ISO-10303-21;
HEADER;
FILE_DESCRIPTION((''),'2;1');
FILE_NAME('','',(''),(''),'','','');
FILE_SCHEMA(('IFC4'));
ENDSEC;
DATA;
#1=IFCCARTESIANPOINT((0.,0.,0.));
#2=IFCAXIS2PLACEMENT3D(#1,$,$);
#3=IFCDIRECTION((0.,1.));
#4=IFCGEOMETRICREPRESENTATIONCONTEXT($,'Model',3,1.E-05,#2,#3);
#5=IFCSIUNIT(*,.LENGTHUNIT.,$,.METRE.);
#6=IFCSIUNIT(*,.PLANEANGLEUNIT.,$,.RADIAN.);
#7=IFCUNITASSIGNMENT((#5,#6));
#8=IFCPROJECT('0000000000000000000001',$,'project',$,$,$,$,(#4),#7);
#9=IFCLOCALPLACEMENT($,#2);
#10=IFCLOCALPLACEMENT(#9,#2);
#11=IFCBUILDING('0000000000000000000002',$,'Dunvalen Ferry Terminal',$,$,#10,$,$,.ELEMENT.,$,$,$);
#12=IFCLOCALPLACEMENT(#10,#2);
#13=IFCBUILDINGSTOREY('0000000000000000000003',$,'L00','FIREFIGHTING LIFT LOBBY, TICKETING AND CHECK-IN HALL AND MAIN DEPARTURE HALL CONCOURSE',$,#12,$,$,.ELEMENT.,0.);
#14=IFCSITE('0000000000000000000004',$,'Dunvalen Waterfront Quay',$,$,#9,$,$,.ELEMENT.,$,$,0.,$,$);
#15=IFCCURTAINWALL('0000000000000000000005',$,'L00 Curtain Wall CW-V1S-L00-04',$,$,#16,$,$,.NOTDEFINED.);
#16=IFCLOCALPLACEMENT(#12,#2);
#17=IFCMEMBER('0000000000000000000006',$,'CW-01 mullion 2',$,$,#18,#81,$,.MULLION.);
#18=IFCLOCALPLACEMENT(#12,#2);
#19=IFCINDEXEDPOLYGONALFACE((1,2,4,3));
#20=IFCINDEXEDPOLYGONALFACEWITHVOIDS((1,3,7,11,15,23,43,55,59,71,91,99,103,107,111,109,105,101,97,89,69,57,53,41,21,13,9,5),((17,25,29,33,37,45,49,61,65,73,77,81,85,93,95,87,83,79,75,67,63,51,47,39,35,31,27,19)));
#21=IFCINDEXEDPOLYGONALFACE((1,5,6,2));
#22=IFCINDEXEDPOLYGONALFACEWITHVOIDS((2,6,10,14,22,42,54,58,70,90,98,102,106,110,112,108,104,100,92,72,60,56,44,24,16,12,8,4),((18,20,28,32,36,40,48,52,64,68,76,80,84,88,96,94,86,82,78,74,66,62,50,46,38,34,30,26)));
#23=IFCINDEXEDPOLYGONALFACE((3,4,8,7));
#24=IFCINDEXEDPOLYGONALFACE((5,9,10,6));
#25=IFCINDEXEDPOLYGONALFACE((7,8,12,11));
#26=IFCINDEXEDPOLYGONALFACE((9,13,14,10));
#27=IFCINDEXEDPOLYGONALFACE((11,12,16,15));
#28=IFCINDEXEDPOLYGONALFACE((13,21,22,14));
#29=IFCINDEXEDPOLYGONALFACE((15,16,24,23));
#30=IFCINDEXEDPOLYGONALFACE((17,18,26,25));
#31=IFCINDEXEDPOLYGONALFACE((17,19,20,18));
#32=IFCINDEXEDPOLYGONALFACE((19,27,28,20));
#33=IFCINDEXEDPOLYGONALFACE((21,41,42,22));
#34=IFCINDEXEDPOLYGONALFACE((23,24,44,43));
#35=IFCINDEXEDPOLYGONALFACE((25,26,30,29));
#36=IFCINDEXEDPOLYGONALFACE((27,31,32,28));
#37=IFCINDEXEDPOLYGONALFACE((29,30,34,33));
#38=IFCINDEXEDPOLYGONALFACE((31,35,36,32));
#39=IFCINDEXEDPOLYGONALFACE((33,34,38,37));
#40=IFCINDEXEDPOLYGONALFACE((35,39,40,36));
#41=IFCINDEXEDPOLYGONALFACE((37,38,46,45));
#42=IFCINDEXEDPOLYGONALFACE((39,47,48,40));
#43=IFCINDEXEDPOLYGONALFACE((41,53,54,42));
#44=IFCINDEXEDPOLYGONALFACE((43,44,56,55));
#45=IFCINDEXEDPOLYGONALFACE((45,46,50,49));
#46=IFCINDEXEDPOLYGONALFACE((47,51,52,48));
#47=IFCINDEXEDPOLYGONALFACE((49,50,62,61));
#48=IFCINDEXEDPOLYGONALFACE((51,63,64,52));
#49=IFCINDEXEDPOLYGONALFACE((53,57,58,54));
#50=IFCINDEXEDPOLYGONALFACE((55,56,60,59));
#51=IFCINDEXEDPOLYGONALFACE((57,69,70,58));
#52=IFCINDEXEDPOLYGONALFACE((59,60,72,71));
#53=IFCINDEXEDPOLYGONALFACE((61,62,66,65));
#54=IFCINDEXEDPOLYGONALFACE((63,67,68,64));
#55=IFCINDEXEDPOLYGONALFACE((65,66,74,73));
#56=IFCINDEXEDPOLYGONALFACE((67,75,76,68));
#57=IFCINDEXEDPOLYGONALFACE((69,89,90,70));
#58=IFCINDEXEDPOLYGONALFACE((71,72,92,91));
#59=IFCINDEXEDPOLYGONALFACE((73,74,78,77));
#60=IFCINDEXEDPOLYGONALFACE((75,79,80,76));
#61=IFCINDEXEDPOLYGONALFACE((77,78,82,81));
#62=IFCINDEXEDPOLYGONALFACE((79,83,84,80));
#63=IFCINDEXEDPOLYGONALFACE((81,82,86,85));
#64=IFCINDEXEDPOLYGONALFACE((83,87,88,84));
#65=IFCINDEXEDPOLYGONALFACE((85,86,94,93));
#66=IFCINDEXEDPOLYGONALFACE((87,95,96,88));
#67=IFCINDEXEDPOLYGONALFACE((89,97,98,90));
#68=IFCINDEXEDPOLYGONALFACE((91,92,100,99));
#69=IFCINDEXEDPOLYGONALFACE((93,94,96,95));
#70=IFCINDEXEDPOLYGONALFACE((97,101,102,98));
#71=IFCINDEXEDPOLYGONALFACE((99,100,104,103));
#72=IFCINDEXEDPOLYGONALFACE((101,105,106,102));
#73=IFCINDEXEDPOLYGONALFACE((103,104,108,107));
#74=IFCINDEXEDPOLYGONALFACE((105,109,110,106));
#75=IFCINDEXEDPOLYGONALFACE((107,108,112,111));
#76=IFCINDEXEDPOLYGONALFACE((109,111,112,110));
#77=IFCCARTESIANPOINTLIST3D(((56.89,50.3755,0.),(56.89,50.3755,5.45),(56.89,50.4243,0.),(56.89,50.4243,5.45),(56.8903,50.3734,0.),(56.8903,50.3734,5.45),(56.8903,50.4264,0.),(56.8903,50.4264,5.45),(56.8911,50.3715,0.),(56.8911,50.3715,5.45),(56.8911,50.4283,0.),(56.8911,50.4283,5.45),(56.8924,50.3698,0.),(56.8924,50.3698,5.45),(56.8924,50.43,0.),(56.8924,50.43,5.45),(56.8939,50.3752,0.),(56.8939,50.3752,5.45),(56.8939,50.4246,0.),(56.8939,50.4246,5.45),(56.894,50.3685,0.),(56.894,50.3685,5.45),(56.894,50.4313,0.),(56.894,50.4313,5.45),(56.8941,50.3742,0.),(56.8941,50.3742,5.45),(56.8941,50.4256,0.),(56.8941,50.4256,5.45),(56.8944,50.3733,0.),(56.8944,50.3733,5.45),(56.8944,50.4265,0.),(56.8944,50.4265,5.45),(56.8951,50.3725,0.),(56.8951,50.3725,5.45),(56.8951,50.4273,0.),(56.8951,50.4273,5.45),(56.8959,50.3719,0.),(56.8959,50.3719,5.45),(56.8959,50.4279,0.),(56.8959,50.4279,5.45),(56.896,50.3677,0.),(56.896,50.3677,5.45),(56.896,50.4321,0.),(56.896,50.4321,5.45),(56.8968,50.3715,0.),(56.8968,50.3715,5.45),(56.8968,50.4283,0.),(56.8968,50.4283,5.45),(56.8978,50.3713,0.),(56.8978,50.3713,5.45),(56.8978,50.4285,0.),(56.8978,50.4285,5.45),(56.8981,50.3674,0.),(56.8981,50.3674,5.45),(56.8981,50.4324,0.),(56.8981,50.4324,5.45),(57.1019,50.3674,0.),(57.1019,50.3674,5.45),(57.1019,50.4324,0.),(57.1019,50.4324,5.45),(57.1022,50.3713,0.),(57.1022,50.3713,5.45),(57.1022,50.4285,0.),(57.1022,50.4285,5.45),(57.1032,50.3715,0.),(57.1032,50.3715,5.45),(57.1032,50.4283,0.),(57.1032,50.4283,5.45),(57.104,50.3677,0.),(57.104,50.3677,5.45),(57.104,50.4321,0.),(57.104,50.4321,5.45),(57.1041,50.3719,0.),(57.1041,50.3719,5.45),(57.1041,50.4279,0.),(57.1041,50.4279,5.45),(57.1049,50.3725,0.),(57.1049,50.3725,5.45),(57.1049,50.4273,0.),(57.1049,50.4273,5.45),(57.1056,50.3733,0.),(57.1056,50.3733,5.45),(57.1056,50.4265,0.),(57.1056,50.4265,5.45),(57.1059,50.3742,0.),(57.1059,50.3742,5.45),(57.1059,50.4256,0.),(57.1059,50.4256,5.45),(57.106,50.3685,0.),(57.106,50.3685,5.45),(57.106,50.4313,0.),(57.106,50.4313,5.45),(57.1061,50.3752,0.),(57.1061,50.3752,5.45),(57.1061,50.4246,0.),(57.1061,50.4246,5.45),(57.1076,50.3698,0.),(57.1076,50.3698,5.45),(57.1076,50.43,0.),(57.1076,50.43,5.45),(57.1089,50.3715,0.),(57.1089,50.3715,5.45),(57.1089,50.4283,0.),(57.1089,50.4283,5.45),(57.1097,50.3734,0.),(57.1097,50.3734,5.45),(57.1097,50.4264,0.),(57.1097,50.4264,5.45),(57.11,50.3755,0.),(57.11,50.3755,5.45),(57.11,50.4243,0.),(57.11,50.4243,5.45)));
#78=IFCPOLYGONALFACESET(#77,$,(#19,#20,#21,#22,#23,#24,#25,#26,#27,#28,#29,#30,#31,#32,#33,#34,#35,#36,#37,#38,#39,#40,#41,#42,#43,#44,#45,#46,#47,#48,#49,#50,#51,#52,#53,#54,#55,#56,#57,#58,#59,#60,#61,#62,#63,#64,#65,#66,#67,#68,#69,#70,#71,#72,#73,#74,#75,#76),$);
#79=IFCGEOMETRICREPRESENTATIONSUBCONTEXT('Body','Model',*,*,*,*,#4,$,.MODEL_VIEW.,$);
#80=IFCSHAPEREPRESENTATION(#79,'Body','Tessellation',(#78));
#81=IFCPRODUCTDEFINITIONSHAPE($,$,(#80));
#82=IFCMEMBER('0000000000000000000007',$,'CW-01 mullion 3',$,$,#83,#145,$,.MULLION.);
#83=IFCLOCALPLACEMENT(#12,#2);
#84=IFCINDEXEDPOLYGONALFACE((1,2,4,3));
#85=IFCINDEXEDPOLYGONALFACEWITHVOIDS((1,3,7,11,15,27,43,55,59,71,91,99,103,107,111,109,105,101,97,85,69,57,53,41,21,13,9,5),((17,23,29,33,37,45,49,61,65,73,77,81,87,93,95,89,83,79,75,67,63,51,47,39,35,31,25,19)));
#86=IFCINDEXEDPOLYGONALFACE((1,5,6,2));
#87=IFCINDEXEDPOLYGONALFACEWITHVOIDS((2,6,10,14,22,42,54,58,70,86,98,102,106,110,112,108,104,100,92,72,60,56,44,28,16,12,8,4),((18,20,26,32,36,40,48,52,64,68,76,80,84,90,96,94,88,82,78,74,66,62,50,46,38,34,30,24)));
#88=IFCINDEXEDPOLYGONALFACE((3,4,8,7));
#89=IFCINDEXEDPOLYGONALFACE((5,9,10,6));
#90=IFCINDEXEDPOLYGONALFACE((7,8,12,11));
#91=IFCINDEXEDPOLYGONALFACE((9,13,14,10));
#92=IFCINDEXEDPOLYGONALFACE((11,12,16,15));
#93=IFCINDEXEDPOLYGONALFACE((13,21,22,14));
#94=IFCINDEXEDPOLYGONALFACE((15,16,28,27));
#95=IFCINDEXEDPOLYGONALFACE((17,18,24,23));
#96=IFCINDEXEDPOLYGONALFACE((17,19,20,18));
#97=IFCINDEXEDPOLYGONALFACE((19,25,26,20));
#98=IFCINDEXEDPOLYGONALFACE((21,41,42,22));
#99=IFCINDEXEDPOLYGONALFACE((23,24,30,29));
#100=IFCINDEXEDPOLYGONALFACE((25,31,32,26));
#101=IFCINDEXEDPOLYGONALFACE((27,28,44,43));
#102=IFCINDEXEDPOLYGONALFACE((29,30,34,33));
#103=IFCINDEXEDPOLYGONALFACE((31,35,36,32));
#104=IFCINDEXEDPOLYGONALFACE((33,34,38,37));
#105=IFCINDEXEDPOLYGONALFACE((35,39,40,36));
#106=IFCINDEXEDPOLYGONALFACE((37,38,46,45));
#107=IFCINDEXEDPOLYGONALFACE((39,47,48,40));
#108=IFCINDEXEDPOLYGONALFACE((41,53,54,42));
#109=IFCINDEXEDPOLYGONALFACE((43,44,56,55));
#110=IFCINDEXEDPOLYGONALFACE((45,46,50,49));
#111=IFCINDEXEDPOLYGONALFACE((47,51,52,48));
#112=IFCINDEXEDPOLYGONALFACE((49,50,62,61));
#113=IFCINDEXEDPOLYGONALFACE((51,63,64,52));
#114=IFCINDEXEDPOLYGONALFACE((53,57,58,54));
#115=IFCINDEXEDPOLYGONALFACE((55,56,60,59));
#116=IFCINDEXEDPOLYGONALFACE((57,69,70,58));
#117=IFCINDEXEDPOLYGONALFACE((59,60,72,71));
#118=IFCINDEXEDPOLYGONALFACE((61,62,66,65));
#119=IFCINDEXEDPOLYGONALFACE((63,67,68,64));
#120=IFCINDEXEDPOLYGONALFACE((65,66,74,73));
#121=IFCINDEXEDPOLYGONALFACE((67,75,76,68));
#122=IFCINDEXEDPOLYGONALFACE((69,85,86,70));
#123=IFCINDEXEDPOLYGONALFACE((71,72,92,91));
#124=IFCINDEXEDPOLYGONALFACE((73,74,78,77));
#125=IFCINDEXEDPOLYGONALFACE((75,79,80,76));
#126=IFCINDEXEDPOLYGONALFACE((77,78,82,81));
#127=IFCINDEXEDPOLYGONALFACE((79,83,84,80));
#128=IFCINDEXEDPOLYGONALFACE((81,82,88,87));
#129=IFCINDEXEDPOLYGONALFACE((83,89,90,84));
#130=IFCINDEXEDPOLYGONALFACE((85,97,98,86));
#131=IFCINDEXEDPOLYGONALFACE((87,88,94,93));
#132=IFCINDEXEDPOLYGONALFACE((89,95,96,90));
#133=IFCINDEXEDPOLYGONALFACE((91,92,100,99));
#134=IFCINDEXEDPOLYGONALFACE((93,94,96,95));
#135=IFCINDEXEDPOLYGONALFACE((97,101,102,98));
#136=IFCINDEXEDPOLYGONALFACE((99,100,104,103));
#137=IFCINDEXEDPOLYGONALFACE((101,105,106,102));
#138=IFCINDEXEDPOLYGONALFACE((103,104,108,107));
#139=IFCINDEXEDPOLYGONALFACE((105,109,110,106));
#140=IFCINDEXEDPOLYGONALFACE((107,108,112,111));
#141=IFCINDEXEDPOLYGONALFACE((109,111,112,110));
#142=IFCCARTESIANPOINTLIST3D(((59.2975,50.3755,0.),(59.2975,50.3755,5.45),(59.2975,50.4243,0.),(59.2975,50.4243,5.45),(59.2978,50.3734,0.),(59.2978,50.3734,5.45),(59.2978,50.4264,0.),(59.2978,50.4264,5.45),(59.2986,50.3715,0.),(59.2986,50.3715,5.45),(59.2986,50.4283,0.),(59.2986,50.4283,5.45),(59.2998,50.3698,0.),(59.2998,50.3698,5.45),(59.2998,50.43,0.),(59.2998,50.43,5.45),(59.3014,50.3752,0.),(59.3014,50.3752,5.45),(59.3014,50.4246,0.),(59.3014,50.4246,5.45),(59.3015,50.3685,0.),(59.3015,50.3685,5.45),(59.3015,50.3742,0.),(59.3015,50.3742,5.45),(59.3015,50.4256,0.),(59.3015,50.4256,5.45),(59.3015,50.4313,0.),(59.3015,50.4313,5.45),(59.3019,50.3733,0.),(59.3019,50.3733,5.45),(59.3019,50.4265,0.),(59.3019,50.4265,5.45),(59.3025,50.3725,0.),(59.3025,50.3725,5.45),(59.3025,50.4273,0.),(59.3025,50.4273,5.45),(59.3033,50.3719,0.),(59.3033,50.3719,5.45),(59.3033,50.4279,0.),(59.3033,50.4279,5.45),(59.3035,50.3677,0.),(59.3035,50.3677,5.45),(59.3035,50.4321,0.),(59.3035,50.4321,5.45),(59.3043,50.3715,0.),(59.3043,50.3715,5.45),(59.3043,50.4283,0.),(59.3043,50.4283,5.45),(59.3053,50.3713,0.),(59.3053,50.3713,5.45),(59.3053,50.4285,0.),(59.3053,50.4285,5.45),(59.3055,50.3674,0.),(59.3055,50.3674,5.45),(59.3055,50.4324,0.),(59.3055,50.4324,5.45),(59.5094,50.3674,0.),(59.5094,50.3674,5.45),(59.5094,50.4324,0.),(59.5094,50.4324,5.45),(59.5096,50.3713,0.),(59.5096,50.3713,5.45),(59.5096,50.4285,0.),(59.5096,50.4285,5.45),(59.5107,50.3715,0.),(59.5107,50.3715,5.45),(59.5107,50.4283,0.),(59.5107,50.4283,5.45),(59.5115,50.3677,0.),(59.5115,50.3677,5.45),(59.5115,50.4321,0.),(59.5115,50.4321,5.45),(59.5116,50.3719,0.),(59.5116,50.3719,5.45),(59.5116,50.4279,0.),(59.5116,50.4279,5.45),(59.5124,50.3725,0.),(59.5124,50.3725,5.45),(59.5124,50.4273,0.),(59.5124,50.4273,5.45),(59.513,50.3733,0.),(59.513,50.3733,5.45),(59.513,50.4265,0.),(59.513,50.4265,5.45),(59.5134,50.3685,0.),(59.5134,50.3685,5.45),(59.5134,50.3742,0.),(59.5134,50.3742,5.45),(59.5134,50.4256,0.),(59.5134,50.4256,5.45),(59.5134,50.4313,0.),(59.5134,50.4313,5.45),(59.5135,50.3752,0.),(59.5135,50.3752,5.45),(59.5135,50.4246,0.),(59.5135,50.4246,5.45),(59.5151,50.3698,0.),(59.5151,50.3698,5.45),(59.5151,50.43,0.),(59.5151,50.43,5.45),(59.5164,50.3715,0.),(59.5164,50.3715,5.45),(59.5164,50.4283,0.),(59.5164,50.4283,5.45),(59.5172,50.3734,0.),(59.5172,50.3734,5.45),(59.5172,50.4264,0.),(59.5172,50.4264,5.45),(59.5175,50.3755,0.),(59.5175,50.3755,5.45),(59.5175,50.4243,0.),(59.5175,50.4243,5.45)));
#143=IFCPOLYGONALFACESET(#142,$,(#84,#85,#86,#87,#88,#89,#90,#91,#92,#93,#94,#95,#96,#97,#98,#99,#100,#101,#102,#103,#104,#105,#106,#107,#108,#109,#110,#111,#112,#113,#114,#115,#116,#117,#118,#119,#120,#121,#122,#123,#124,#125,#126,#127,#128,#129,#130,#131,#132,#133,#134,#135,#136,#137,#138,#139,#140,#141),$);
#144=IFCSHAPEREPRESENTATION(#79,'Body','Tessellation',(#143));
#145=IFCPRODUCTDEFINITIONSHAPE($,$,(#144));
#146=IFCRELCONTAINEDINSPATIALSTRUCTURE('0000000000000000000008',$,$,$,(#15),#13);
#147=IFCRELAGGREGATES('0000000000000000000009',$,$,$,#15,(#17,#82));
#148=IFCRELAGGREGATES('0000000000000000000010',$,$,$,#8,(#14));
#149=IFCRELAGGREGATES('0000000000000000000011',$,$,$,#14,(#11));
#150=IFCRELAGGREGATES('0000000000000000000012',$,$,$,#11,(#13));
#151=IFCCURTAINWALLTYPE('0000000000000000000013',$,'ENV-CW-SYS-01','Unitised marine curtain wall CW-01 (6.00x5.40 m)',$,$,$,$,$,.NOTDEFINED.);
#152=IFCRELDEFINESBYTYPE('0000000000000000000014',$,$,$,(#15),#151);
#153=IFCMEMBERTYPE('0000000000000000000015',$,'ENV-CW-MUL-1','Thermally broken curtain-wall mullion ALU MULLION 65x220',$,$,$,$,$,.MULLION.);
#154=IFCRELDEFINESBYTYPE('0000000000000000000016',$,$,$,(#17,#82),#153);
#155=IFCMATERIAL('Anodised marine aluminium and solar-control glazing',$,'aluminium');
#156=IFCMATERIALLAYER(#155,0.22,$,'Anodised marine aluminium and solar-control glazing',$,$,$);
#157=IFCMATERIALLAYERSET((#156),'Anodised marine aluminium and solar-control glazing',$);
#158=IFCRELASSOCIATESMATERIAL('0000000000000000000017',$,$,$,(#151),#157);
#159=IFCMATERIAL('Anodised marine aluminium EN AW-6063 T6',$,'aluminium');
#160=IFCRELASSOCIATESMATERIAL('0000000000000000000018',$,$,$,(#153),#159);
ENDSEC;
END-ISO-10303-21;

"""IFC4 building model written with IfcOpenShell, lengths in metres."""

from ifc_helpers import new_model, si_unit, direction, frame, origin, origin_2d, place, context, subcontext, project, spatial, hollow_rectangle, extrude, material, layer, layer_set, material_profile, profile_set, type_object, element, aggregate, save


model = new_model("IFC4")

# Units and contexts
model_context = context("Model", 3, precision=1e-05, world=origin(), true_north=direction((0.0, 1.0)))
body_context = subcontext(model_context, "Body", "Model", "MODEL_VIEW")
ifc_project = project(units=[si_unit("LENGTHUNIT", "METRE"), si_unit("PLANEANGLEUNIT", "RADIAN")], contexts=[model_context])

# Site, building, storey
site_placement = place(None, origin())
site = spatial("IfcSite", under=ifc_project, at=site_placement, Name="Dunvalen Waterfront Quay", CompositionType="ELEMENT", RefElevation=0.0)
building_placement = place(site_placement, origin())
building = spatial("IfcBuilding", under=site, at=building_placement, Name="Dunvalen Ferry Terminal", CompositionType="ELEMENT")
storey_placement = place(building_placement, origin())
storey = spatial("IfcBuildingStorey", under=building, at=storey_placement, Name="L00", Description="FIREFIGHTING LIFT LOBBY, TICKETING AND CHECK-IN HALL AND MAIN DEPARTURE HALL CONCOURSE", CompositionType="ELEMENT", Elevation=0.0)

# Curtain wall, members
ifc_material_1 = material(Name="Anodised marine aluminium and solar-control glazing", Category="aluminium")
ifc_layer_1 = layer(ifc_material_1, 0.22, Name="Anodised marine aluminium and solar-control glazing")
ifc_layer_set_1 = layer_set([ifc_layer_1], Name="Anodised marine aluminium and solar-control glazing")
curtain_wall_type = type_object("IfcCurtainWallType", Name="ENV-CW-SYS-01", Description="Unitised marine curtain wall CW-01 (6.00x5.40 m)", PredefinedType="NOTDEFINED", material=ifc_layer_set_1)
curtain_wall_placement = place(storey_placement, origin())
curtain_wall = element("IfcCurtainWall", 1, at=curtain_wall_placement, inside=storey, type_object=curtain_wall_type, Name="L00 Curtain Wall CW-V1S-L00-04", PredefinedType="NOTDEFINED")
ifc_material_2 = material(Name="Anodised marine aluminium EN AW-6063 T6", Category="aluminium")
ifc_material_profile_1 = material_profile(ifc_material_2, hollow_rectangle(XDim=0.0649, YDim=0.22, WallThickness=0.0039, InnerFilletRadius=0.0039, OuterFilletRadius=0.0081, at=origin_2d()), Name="Anodised marine aluminium EN AW-6063 T6")
ifc_profile_set_1 = profile_set([ifc_material_profile_1], Name="Anodised marine aluminium EN AW-6063 T6")
member_type_1 = type_object("IfcMemberType", Name="ENV-CW-MUL-1", Description="Thermally broken curtain-wall mullion ALU MULLION 65x220", PredefinedType="MULLION", material=ifc_profile_set_1)
member_1_placement = place(storey_placement, frame((57.0, 50.3999, 0.0), z_axis=(0.0, 0.0, 1.0), x_axis=(0.0, 1.0, 0.0)))
member_1 = element("IfcMember", 2, at=member_1_placement, type_object=member_type_1, Name="CW-01 mullion 2", PredefinedType="MULLION", context=body_context, shape_type="SweptSolid", body=[
    extrude(hollow_rectangle(XDim=0.0649, YDim=0.22, WallThickness=0.0039, InnerFilletRadius=0.0039, OuterFilletRadius=0.0081, at=origin_2d()), origin(), (0.0, 0.0, 1.0), 5.45),
])
member_2_placement = place(storey_placement, frame((59.4075, 50.3999, 0.0), z_axis=(0.0, 0.0, 1.0), x_axis=(0.0, 1.0, 0.0)))
member_2 = element("IfcMember", 3, at=member_2_placement, type_object=member_type_1, Name="CW-01 mullion 3", PredefinedType="MULLION", context=body_context, shape_type="SweptSolid", body=[
    extrude(hollow_rectangle(XDim=0.0649, YDim=0.22, WallThickness=0.0039, InnerFilletRadius=0.0039, OuterFilletRadius=0.0081, at=origin_2d()), origin(), (0.0, 0.0, 1.0), 5.45),
])
aggregate(curtain_wall, [member_1, member_2])

save(model, "model.ifc")
